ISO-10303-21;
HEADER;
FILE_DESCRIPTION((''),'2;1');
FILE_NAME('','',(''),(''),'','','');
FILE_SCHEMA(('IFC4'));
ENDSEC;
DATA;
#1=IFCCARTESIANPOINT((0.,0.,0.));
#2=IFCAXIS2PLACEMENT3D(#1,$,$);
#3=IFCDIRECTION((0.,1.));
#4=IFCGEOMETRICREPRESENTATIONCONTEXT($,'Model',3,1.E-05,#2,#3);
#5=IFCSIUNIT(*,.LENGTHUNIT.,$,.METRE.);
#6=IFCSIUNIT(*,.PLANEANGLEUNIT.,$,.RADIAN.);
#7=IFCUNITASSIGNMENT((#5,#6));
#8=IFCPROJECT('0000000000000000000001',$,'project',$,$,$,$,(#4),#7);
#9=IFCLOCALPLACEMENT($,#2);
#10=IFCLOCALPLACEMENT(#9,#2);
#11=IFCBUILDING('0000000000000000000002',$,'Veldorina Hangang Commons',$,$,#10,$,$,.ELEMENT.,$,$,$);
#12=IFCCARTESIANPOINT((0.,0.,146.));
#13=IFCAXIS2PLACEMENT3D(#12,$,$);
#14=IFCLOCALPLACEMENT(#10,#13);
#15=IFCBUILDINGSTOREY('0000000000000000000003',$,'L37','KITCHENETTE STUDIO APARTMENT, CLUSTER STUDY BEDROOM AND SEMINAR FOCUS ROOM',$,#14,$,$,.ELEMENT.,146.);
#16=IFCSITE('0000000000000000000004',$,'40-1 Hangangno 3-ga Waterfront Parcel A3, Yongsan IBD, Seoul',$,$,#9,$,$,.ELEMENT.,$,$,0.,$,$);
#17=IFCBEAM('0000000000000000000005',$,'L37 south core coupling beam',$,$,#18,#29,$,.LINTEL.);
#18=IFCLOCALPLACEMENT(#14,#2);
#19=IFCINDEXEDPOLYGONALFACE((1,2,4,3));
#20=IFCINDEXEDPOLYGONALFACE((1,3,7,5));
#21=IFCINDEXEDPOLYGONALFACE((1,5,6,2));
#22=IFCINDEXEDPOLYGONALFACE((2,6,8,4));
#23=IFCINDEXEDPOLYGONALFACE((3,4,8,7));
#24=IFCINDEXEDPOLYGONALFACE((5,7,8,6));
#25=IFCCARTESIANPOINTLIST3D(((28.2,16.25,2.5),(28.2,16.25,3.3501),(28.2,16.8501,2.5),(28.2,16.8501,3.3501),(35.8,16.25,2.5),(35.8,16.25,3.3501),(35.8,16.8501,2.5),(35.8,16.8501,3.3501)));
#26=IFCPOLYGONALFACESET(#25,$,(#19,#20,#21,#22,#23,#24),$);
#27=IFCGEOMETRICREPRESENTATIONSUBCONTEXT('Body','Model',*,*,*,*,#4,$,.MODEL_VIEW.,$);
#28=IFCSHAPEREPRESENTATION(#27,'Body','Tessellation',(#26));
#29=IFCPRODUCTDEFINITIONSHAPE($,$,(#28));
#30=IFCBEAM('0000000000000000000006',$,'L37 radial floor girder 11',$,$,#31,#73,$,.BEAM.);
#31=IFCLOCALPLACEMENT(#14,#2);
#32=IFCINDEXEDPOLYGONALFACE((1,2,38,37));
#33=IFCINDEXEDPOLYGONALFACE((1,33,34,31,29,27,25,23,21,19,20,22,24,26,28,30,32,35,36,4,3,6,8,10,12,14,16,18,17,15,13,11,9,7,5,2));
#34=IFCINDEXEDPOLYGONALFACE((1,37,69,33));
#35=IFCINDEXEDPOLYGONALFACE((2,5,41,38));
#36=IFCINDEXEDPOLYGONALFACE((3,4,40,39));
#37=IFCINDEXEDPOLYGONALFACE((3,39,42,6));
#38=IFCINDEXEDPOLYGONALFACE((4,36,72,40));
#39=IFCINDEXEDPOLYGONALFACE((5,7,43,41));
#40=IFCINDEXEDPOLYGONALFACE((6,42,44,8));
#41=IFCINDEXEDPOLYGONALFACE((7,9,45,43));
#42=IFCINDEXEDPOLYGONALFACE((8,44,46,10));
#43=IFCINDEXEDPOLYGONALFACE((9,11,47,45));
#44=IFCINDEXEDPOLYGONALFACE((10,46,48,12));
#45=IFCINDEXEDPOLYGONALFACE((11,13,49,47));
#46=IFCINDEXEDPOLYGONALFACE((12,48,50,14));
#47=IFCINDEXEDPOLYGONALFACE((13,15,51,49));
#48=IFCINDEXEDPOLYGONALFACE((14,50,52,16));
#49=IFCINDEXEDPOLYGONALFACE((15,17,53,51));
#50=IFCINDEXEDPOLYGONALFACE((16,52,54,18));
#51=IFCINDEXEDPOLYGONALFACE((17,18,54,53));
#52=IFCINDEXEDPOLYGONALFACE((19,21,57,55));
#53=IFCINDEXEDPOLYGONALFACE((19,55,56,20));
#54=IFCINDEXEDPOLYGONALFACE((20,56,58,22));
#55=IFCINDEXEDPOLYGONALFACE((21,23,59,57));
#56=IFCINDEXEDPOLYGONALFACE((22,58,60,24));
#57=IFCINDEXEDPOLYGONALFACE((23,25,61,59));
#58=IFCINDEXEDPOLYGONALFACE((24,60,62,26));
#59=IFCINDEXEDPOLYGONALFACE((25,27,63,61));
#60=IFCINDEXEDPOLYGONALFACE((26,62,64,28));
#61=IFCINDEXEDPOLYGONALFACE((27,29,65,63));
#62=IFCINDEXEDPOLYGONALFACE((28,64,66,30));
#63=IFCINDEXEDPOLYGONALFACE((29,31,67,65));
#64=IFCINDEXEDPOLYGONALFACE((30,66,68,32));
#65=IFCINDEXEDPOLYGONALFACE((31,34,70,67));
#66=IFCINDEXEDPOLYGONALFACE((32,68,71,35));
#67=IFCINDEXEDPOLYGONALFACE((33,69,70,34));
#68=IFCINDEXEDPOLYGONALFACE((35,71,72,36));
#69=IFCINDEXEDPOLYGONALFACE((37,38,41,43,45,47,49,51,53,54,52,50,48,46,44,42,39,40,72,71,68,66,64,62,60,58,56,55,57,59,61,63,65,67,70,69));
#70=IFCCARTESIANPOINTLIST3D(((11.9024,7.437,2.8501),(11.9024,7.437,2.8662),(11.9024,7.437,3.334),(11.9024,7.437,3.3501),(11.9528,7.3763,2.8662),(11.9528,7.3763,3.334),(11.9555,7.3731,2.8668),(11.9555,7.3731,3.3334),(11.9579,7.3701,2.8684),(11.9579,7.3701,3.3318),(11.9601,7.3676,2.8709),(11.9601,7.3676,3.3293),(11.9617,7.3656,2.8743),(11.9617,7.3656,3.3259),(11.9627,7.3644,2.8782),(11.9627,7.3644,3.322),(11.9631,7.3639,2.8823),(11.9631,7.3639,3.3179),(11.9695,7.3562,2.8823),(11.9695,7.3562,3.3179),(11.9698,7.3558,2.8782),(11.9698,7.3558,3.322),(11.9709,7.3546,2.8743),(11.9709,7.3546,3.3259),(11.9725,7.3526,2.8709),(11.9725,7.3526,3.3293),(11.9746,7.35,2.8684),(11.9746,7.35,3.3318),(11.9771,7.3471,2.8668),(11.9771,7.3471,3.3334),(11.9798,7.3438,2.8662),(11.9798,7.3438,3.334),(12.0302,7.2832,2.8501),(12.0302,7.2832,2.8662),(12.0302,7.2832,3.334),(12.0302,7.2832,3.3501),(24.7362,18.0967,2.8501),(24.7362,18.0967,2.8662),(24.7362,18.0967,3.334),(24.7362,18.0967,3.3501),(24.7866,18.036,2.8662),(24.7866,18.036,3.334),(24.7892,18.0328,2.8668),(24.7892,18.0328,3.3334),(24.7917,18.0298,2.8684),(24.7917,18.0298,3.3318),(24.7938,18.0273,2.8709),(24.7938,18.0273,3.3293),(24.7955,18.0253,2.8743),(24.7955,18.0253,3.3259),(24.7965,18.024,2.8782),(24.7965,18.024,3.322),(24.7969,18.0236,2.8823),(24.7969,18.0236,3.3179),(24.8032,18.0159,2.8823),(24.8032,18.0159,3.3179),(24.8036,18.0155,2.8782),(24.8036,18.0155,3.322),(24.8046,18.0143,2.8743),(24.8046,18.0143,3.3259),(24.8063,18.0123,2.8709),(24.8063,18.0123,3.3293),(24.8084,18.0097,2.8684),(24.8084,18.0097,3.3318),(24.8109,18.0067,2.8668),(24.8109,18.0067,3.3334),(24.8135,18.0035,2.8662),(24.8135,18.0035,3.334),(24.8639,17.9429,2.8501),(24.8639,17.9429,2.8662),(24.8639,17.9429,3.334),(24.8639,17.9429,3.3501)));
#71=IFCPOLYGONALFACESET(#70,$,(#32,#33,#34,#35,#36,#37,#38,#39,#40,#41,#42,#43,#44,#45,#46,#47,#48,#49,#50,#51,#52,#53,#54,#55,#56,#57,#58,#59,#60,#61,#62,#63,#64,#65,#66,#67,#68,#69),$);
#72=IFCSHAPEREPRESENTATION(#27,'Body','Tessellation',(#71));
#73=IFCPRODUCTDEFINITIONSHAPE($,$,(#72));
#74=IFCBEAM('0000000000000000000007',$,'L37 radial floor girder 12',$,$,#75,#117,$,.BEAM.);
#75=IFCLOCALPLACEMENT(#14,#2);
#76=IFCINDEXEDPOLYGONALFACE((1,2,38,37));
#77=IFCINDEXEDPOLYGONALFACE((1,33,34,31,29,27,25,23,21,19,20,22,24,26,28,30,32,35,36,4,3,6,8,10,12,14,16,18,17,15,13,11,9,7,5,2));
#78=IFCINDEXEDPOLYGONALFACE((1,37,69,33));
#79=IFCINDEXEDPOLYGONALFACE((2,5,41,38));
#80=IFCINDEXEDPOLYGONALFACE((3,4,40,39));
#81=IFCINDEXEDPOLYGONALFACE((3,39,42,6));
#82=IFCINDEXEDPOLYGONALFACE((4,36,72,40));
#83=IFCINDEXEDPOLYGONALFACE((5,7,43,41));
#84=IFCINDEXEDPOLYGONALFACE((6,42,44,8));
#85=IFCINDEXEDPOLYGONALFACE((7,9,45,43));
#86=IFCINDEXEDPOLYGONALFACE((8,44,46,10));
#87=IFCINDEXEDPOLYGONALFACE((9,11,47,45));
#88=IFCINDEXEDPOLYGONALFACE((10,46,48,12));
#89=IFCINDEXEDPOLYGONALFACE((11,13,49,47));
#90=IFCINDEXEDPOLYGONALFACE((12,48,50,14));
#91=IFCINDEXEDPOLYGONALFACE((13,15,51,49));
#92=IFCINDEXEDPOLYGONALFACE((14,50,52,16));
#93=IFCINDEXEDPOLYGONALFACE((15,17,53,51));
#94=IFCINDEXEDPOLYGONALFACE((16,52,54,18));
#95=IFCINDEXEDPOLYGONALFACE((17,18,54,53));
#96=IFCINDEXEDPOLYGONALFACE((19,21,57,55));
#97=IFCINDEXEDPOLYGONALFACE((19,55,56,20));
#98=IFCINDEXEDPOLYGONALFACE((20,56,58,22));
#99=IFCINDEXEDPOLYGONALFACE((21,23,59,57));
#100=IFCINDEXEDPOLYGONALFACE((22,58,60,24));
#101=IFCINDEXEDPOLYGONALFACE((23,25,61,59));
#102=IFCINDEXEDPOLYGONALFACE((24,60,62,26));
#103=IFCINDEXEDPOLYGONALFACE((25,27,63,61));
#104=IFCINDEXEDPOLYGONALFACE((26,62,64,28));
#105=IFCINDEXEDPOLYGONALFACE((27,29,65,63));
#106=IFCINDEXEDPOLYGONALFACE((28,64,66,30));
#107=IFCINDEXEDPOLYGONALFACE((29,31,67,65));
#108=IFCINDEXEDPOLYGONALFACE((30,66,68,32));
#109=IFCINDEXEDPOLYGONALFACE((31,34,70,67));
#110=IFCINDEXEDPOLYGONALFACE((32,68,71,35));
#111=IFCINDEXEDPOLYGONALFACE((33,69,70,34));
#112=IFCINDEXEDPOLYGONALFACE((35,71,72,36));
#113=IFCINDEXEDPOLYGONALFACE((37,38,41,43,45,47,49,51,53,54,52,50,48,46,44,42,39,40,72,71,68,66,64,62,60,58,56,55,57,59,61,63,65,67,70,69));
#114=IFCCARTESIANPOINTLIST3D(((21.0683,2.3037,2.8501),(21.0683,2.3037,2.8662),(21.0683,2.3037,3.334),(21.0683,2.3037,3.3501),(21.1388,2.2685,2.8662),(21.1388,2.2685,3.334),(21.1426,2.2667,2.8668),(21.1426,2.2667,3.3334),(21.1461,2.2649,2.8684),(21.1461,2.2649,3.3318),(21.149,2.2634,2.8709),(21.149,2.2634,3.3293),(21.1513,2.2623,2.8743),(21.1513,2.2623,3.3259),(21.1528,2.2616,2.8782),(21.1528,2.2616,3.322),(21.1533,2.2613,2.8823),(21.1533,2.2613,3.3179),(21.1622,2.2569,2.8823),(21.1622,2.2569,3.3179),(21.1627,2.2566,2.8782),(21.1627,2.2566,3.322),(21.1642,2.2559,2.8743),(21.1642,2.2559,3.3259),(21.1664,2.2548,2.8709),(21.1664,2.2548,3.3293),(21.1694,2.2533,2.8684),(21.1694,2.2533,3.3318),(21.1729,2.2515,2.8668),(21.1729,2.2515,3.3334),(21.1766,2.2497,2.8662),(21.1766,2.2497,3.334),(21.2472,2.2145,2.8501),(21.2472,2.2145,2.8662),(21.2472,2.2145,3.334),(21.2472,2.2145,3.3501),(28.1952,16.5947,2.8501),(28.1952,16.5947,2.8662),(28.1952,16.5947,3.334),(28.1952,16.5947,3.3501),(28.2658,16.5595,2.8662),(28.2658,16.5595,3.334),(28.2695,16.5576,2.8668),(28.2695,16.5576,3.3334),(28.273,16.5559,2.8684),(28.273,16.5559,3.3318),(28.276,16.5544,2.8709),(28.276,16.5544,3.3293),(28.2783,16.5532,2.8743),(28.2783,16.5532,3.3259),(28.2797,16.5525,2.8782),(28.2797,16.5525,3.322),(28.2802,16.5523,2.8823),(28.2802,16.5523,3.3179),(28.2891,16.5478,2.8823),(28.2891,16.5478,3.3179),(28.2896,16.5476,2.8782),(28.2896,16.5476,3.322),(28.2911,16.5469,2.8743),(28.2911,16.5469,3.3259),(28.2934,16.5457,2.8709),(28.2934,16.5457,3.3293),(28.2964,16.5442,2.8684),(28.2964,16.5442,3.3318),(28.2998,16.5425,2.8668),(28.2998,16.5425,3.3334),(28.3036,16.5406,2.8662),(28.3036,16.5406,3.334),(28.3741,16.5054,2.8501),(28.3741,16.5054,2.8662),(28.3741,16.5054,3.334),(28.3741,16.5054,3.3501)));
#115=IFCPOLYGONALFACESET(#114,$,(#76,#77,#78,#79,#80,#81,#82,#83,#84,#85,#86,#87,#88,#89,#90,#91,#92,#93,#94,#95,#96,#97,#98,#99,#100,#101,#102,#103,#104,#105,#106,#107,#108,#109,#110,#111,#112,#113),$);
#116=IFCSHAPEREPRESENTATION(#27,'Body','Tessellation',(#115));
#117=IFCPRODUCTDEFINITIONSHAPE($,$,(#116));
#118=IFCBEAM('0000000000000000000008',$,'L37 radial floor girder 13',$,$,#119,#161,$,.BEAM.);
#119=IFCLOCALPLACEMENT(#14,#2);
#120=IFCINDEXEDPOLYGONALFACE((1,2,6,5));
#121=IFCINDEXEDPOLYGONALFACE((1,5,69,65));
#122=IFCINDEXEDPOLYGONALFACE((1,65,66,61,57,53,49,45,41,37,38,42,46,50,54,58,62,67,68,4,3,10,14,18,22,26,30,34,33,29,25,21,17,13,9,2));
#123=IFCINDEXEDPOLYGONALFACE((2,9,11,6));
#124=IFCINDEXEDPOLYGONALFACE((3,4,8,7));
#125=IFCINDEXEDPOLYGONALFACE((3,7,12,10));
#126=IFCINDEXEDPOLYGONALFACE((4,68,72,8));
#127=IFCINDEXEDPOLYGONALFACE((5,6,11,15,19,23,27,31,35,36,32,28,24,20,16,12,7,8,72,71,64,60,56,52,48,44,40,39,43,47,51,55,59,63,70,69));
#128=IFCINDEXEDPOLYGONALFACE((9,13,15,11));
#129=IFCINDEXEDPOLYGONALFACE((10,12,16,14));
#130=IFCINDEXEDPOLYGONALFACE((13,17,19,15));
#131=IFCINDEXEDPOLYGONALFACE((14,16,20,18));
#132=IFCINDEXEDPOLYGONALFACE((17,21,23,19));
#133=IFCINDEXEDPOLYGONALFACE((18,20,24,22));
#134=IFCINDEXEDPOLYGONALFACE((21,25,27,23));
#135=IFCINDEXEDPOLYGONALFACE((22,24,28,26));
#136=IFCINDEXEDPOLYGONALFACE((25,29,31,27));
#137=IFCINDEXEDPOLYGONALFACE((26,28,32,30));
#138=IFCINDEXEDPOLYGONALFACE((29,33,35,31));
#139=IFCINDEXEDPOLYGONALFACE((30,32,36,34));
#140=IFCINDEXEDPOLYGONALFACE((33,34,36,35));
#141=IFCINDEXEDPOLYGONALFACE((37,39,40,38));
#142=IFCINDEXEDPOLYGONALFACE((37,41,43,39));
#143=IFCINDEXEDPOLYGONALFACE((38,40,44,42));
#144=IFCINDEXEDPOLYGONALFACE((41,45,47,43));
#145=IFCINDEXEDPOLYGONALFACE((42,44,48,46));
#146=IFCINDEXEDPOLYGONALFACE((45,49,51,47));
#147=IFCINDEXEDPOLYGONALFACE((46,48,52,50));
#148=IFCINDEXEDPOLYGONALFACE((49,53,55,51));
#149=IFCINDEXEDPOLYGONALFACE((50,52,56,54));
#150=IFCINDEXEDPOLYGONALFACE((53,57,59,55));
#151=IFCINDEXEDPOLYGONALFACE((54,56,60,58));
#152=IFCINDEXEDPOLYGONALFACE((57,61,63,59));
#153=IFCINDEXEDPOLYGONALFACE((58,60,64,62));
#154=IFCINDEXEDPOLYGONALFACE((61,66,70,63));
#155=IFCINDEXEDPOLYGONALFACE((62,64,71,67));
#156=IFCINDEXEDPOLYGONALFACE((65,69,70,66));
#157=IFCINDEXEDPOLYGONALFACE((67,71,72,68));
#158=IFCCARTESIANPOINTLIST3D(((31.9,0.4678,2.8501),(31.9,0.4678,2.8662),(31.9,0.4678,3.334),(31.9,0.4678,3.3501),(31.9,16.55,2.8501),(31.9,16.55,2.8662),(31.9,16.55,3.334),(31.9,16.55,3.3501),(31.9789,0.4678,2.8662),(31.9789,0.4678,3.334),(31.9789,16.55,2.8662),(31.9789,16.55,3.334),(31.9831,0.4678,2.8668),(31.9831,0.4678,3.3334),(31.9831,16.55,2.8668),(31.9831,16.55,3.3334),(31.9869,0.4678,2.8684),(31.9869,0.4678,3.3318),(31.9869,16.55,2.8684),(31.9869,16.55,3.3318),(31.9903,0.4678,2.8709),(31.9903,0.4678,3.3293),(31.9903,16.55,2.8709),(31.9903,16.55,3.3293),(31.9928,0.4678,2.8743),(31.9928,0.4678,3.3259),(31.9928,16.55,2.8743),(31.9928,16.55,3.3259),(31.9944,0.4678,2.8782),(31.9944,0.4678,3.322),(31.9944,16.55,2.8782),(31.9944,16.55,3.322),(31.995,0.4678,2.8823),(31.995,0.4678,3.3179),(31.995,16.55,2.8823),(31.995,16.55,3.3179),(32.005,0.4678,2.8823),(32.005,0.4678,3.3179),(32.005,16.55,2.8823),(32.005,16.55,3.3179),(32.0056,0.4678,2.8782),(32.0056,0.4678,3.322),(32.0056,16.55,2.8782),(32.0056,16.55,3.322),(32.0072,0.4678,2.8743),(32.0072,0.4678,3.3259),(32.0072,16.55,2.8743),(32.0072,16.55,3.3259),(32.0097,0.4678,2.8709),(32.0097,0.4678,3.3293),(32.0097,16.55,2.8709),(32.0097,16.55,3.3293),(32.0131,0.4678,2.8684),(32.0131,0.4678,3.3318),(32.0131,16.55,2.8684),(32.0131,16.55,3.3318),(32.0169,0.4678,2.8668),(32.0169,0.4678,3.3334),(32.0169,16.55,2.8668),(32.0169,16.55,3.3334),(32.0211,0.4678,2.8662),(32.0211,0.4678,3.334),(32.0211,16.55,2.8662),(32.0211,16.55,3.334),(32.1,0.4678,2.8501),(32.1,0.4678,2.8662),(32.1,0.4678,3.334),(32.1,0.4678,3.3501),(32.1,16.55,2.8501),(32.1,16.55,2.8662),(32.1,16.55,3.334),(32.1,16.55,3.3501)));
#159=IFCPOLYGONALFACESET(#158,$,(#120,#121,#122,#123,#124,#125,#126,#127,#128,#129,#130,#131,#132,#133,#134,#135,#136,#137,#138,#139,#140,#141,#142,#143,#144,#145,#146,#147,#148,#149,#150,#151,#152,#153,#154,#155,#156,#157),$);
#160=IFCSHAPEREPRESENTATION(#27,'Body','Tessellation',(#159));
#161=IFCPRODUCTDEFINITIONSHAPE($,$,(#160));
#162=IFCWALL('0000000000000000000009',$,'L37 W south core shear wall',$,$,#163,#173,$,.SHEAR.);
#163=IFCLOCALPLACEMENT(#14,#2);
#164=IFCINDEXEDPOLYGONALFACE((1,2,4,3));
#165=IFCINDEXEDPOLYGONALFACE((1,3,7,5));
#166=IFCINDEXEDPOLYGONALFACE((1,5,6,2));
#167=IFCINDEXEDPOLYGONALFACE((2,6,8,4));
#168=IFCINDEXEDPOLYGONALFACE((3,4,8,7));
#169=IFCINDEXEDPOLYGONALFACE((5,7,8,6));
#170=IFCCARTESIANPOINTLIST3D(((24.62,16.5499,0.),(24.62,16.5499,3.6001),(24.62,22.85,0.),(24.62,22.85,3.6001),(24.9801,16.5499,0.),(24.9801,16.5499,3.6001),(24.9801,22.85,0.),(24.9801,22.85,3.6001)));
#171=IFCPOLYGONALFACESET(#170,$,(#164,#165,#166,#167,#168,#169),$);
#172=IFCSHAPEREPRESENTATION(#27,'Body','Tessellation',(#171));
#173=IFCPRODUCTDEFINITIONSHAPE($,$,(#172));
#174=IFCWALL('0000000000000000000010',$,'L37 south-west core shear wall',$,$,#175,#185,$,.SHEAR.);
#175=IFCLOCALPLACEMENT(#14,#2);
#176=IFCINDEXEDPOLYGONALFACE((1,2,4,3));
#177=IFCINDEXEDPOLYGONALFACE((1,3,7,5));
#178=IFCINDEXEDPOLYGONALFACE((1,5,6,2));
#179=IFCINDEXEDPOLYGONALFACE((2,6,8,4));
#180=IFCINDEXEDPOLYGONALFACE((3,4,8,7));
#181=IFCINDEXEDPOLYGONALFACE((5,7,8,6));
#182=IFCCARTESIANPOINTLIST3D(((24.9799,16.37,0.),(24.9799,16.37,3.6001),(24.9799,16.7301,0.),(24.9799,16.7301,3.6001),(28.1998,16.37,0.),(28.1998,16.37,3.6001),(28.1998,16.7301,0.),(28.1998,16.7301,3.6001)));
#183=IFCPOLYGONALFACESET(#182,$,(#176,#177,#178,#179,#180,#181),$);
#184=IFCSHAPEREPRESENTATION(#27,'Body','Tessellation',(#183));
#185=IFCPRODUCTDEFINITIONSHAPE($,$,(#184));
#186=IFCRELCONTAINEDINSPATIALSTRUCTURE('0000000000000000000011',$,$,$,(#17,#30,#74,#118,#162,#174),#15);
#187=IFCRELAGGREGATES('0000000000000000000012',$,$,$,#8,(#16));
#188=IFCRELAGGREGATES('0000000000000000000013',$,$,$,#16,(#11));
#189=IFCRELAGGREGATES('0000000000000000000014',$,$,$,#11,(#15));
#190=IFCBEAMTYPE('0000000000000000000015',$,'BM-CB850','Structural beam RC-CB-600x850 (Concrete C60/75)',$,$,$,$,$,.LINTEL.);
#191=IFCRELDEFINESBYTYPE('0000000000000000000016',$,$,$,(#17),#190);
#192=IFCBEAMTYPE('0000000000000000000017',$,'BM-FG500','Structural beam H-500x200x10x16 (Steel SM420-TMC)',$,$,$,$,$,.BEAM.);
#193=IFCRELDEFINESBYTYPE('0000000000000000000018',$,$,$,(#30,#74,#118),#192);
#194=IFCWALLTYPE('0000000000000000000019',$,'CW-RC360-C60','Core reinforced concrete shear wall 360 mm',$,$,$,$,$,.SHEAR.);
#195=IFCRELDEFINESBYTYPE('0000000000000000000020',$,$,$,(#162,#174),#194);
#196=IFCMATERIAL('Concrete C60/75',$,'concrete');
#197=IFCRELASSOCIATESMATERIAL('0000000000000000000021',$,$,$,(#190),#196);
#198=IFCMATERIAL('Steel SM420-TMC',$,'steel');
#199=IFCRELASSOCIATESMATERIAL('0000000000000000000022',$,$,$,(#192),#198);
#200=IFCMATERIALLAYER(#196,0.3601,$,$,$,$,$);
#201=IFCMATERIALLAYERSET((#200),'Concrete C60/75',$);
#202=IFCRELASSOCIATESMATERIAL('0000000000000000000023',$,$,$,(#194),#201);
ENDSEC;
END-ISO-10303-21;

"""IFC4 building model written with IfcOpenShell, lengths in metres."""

from ifc_helpers import new_model, si_unit, direction, frame, frame_2d, origin, origin_2d, place, context, subcontext, project, spatial, rectangle, i_section, extrude, material, layer, layer_set, material_profile, profile_set, type_object, element, save


model = new_model("IFC4")

# Units and contexts
model_context = context("Model", 3, precision=1e-05, world=origin(), true_north=direction((0.0, 1.0)))
body_context = subcontext(model_context, "Body", "Model", "MODEL_VIEW")
ifc_project = project(units=[si_unit("LENGTHUNIT", "METRE"), si_unit("PLANEANGLEUNIT", "RADIAN")], contexts=[model_context])

# Site, building, storey
site_placement = place(None, origin())
site = spatial("IfcSite", under=ifc_project, at=site_placement, Name="40-1 Hangangno 3-ga Waterfront Parcel A3, Yongsan IBD, Seoul", CompositionType="ELEMENT", RefElevation=0.0)
building_placement = place(site_placement, origin())
building = spatial("IfcBuilding", under=site, at=building_placement, Name="Veldorina Hangang Commons", CompositionType="ELEMENT")
storey_placement = place(building_placement, frame((0.0, 0.0, 146.0)))
storey = spatial("IfcBuildingStorey", under=building, at=storey_placement, Name="L37", Description="KITCHENETTE STUDIO APARTMENT, CLUSTER STUDY BEDROOM AND SEMINAR FOCUS ROOM", CompositionType="ELEMENT", Elevation=146.0)

# Beams
ifc_material_1 = material(Name="Concrete C60/75", Category="concrete")
ifc_material_profile_1 = material_profile(ifc_material_1, rectangle(XDim=0.6001, YDim=0.8501, at=origin_2d()), Name="RC-CB-600x850")
ifc_profile_set_1 = profile_set([ifc_material_profile_1], Name="Concrete C60/75")
beam_type_1 = type_object("IfcBeamType", Name="BM-CB850", Description="Structural beam RC-CB-600x850 (Concrete C60/75)", PredefinedType="LINTEL", material=ifc_profile_set_1)
beam_1_placement = place(storey_placement, frame((28.2, 16.55, 2.925), z_axis=(1.0, 0.0, 0.0), x_axis=(0.0, 1.0, 0.0)))
element("IfcBeam", 1, at=beam_1_placement, inside=storey, type_object=beam_type_1, Name="L37 south core coupling beam", PredefinedType="LINTEL", context=body_context, shape_type="SweptSolid", body=[
    extrude(rectangle(XDim=0.6001, YDim=0.8501, at=origin_2d()), origin(), (0.0, 0.0, 1.0), 7.6001),
])
ifc_material_2 = material(Name="Steel SM420-TMC", Category="steel")
ifc_material_profile_2 = material_profile(ifc_material_2, i_section(OverallWidth=0.2, OverallDepth=0.5, WebThickness=0.01, FlangeThickness=0.0161, FilletRadius=0.0161, at=origin_2d()), Name="H-500x200x10x16")
ifc_profile_set_2 = profile_set([ifc_material_profile_2], Name="Steel SM420-TMC")
beam_type_2 = type_object("IfcBeamType", Name="BM-FG500", Description="Structural beam H-500x200x10x16 (Steel SM420-TMC)", PredefinedType="BEAM", material=ifc_profile_set_2)
beam_2_placement = place(storey_placement, frame((24.8, 18.0198, 3.1001), z_axis=(-0.769255, -0.638941, 0.0), x_axis=(0.638941, -0.769255, 0.0)))
element("IfcBeam", 2, at=beam_2_placement, inside=storey, type_object=beam_type_2, Name="L37 radial floor girder 11", PredefinedType="BEAM", context=body_context, shape_type="SweptSolid", body=[
    extrude(i_section(OverallWidth=0.2, OverallDepth=0.5, WebThickness=0.01, FlangeThickness=0.0161, FilletRadius=0.0161, at=origin_2d()), origin(), (0.0, 0.0, 1.0), 16.6833),
])
beam_3_placement = place(storey_placement, frame((28.2847, 16.55, 3.1001), z_axis=(-0.446284, -0.894891, 0.0), x_axis=(0.894891, -0.446284, 0.0)))
element("IfcBeam", 3, at=beam_3_placement, inside=storey, type_object=beam_type_2, Name="L37 radial floor girder 12", PredefinedType="BEAM", context=body_context, shape_type="SweptSolid", body=[
    extrude(i_section(OverallWidth=0.2, OverallDepth=0.5, WebThickness=0.01, FlangeThickness=0.0161, FilletRadius=0.0161, at=origin_2d()), origin(), (0.0, 0.0, 1.0), 15.9695),
])
beam_4_placement = place(storey_placement, frame((32.0, 16.55, 3.1001), z_axis=(0.0, -1.0, 0.0), x_axis=(1.0, 0.0, 0.0)))
element("IfcBeam", 4, at=beam_4_placement, inside=storey, type_object=beam_type_2, Name="L37 radial floor girder 13", PredefinedType="BEAM", context=body_context, shape_type="SweptSolid", body=[
    extrude(i_section(OverallWidth=0.2, OverallDepth=0.5, WebThickness=0.01, FlangeThickness=0.0161, FilletRadius=0.0161, at=origin_2d()), origin(), (0.0, 0.0, 1.0), 16.0823),
])

# Walls
ifc_layer_1 = layer(ifc_material_1, 0.3601)
ifc_layer_set_1 = layer_set([ifc_layer_1], Name="Concrete C60/75")
wall_type_1 = type_object("IfcWallType", Name="CW-RC360-C60", Description="Core reinforced concrete shear wall 360 mm", PredefinedType="SHEAR", material=ifc_layer_set_1)
wall_1_placement = place(storey_placement, frame((24.8, 16.55, 0.0), z_axis=(0.0, 0.0, 1.0), x_axis=(0.0, 1.0, 0.0)))
element("IfcWall", 5, at=wall_1_placement, inside=storey, type_object=wall_type_1, Name="L37 W south core shear wall", PredefinedType="SHEAR", context=body_context, shape_type="SweptSolid", body=[
    extrude(rectangle(XDim=6.3, YDim=0.3601, at=frame_2d((3.1499, 0.0))), origin(), (0.0, 0.0, 1.0), 3.6001),
])
wall_2_placement = place(storey_placement, frame((24.98, 16.55, 0.0), z_axis=(0.0, 0.0, 1.0), x_axis=(1.0, 0.0, 0.0)))
element("IfcWall", 6, at=wall_2_placement, inside=storey, type_object=wall_type_1, Name="L37 south-west core shear wall", PredefinedType="SHEAR", context=body_context, shape_type="SweptSolid", body=[
    extrude(rectangle(XDim=3.22, YDim=0.3601, at=frame_2d((1.6099, 0.0))), origin(), (0.0, 0.0, 1.0), 3.6001),
])

save(model, "model.ifc")
